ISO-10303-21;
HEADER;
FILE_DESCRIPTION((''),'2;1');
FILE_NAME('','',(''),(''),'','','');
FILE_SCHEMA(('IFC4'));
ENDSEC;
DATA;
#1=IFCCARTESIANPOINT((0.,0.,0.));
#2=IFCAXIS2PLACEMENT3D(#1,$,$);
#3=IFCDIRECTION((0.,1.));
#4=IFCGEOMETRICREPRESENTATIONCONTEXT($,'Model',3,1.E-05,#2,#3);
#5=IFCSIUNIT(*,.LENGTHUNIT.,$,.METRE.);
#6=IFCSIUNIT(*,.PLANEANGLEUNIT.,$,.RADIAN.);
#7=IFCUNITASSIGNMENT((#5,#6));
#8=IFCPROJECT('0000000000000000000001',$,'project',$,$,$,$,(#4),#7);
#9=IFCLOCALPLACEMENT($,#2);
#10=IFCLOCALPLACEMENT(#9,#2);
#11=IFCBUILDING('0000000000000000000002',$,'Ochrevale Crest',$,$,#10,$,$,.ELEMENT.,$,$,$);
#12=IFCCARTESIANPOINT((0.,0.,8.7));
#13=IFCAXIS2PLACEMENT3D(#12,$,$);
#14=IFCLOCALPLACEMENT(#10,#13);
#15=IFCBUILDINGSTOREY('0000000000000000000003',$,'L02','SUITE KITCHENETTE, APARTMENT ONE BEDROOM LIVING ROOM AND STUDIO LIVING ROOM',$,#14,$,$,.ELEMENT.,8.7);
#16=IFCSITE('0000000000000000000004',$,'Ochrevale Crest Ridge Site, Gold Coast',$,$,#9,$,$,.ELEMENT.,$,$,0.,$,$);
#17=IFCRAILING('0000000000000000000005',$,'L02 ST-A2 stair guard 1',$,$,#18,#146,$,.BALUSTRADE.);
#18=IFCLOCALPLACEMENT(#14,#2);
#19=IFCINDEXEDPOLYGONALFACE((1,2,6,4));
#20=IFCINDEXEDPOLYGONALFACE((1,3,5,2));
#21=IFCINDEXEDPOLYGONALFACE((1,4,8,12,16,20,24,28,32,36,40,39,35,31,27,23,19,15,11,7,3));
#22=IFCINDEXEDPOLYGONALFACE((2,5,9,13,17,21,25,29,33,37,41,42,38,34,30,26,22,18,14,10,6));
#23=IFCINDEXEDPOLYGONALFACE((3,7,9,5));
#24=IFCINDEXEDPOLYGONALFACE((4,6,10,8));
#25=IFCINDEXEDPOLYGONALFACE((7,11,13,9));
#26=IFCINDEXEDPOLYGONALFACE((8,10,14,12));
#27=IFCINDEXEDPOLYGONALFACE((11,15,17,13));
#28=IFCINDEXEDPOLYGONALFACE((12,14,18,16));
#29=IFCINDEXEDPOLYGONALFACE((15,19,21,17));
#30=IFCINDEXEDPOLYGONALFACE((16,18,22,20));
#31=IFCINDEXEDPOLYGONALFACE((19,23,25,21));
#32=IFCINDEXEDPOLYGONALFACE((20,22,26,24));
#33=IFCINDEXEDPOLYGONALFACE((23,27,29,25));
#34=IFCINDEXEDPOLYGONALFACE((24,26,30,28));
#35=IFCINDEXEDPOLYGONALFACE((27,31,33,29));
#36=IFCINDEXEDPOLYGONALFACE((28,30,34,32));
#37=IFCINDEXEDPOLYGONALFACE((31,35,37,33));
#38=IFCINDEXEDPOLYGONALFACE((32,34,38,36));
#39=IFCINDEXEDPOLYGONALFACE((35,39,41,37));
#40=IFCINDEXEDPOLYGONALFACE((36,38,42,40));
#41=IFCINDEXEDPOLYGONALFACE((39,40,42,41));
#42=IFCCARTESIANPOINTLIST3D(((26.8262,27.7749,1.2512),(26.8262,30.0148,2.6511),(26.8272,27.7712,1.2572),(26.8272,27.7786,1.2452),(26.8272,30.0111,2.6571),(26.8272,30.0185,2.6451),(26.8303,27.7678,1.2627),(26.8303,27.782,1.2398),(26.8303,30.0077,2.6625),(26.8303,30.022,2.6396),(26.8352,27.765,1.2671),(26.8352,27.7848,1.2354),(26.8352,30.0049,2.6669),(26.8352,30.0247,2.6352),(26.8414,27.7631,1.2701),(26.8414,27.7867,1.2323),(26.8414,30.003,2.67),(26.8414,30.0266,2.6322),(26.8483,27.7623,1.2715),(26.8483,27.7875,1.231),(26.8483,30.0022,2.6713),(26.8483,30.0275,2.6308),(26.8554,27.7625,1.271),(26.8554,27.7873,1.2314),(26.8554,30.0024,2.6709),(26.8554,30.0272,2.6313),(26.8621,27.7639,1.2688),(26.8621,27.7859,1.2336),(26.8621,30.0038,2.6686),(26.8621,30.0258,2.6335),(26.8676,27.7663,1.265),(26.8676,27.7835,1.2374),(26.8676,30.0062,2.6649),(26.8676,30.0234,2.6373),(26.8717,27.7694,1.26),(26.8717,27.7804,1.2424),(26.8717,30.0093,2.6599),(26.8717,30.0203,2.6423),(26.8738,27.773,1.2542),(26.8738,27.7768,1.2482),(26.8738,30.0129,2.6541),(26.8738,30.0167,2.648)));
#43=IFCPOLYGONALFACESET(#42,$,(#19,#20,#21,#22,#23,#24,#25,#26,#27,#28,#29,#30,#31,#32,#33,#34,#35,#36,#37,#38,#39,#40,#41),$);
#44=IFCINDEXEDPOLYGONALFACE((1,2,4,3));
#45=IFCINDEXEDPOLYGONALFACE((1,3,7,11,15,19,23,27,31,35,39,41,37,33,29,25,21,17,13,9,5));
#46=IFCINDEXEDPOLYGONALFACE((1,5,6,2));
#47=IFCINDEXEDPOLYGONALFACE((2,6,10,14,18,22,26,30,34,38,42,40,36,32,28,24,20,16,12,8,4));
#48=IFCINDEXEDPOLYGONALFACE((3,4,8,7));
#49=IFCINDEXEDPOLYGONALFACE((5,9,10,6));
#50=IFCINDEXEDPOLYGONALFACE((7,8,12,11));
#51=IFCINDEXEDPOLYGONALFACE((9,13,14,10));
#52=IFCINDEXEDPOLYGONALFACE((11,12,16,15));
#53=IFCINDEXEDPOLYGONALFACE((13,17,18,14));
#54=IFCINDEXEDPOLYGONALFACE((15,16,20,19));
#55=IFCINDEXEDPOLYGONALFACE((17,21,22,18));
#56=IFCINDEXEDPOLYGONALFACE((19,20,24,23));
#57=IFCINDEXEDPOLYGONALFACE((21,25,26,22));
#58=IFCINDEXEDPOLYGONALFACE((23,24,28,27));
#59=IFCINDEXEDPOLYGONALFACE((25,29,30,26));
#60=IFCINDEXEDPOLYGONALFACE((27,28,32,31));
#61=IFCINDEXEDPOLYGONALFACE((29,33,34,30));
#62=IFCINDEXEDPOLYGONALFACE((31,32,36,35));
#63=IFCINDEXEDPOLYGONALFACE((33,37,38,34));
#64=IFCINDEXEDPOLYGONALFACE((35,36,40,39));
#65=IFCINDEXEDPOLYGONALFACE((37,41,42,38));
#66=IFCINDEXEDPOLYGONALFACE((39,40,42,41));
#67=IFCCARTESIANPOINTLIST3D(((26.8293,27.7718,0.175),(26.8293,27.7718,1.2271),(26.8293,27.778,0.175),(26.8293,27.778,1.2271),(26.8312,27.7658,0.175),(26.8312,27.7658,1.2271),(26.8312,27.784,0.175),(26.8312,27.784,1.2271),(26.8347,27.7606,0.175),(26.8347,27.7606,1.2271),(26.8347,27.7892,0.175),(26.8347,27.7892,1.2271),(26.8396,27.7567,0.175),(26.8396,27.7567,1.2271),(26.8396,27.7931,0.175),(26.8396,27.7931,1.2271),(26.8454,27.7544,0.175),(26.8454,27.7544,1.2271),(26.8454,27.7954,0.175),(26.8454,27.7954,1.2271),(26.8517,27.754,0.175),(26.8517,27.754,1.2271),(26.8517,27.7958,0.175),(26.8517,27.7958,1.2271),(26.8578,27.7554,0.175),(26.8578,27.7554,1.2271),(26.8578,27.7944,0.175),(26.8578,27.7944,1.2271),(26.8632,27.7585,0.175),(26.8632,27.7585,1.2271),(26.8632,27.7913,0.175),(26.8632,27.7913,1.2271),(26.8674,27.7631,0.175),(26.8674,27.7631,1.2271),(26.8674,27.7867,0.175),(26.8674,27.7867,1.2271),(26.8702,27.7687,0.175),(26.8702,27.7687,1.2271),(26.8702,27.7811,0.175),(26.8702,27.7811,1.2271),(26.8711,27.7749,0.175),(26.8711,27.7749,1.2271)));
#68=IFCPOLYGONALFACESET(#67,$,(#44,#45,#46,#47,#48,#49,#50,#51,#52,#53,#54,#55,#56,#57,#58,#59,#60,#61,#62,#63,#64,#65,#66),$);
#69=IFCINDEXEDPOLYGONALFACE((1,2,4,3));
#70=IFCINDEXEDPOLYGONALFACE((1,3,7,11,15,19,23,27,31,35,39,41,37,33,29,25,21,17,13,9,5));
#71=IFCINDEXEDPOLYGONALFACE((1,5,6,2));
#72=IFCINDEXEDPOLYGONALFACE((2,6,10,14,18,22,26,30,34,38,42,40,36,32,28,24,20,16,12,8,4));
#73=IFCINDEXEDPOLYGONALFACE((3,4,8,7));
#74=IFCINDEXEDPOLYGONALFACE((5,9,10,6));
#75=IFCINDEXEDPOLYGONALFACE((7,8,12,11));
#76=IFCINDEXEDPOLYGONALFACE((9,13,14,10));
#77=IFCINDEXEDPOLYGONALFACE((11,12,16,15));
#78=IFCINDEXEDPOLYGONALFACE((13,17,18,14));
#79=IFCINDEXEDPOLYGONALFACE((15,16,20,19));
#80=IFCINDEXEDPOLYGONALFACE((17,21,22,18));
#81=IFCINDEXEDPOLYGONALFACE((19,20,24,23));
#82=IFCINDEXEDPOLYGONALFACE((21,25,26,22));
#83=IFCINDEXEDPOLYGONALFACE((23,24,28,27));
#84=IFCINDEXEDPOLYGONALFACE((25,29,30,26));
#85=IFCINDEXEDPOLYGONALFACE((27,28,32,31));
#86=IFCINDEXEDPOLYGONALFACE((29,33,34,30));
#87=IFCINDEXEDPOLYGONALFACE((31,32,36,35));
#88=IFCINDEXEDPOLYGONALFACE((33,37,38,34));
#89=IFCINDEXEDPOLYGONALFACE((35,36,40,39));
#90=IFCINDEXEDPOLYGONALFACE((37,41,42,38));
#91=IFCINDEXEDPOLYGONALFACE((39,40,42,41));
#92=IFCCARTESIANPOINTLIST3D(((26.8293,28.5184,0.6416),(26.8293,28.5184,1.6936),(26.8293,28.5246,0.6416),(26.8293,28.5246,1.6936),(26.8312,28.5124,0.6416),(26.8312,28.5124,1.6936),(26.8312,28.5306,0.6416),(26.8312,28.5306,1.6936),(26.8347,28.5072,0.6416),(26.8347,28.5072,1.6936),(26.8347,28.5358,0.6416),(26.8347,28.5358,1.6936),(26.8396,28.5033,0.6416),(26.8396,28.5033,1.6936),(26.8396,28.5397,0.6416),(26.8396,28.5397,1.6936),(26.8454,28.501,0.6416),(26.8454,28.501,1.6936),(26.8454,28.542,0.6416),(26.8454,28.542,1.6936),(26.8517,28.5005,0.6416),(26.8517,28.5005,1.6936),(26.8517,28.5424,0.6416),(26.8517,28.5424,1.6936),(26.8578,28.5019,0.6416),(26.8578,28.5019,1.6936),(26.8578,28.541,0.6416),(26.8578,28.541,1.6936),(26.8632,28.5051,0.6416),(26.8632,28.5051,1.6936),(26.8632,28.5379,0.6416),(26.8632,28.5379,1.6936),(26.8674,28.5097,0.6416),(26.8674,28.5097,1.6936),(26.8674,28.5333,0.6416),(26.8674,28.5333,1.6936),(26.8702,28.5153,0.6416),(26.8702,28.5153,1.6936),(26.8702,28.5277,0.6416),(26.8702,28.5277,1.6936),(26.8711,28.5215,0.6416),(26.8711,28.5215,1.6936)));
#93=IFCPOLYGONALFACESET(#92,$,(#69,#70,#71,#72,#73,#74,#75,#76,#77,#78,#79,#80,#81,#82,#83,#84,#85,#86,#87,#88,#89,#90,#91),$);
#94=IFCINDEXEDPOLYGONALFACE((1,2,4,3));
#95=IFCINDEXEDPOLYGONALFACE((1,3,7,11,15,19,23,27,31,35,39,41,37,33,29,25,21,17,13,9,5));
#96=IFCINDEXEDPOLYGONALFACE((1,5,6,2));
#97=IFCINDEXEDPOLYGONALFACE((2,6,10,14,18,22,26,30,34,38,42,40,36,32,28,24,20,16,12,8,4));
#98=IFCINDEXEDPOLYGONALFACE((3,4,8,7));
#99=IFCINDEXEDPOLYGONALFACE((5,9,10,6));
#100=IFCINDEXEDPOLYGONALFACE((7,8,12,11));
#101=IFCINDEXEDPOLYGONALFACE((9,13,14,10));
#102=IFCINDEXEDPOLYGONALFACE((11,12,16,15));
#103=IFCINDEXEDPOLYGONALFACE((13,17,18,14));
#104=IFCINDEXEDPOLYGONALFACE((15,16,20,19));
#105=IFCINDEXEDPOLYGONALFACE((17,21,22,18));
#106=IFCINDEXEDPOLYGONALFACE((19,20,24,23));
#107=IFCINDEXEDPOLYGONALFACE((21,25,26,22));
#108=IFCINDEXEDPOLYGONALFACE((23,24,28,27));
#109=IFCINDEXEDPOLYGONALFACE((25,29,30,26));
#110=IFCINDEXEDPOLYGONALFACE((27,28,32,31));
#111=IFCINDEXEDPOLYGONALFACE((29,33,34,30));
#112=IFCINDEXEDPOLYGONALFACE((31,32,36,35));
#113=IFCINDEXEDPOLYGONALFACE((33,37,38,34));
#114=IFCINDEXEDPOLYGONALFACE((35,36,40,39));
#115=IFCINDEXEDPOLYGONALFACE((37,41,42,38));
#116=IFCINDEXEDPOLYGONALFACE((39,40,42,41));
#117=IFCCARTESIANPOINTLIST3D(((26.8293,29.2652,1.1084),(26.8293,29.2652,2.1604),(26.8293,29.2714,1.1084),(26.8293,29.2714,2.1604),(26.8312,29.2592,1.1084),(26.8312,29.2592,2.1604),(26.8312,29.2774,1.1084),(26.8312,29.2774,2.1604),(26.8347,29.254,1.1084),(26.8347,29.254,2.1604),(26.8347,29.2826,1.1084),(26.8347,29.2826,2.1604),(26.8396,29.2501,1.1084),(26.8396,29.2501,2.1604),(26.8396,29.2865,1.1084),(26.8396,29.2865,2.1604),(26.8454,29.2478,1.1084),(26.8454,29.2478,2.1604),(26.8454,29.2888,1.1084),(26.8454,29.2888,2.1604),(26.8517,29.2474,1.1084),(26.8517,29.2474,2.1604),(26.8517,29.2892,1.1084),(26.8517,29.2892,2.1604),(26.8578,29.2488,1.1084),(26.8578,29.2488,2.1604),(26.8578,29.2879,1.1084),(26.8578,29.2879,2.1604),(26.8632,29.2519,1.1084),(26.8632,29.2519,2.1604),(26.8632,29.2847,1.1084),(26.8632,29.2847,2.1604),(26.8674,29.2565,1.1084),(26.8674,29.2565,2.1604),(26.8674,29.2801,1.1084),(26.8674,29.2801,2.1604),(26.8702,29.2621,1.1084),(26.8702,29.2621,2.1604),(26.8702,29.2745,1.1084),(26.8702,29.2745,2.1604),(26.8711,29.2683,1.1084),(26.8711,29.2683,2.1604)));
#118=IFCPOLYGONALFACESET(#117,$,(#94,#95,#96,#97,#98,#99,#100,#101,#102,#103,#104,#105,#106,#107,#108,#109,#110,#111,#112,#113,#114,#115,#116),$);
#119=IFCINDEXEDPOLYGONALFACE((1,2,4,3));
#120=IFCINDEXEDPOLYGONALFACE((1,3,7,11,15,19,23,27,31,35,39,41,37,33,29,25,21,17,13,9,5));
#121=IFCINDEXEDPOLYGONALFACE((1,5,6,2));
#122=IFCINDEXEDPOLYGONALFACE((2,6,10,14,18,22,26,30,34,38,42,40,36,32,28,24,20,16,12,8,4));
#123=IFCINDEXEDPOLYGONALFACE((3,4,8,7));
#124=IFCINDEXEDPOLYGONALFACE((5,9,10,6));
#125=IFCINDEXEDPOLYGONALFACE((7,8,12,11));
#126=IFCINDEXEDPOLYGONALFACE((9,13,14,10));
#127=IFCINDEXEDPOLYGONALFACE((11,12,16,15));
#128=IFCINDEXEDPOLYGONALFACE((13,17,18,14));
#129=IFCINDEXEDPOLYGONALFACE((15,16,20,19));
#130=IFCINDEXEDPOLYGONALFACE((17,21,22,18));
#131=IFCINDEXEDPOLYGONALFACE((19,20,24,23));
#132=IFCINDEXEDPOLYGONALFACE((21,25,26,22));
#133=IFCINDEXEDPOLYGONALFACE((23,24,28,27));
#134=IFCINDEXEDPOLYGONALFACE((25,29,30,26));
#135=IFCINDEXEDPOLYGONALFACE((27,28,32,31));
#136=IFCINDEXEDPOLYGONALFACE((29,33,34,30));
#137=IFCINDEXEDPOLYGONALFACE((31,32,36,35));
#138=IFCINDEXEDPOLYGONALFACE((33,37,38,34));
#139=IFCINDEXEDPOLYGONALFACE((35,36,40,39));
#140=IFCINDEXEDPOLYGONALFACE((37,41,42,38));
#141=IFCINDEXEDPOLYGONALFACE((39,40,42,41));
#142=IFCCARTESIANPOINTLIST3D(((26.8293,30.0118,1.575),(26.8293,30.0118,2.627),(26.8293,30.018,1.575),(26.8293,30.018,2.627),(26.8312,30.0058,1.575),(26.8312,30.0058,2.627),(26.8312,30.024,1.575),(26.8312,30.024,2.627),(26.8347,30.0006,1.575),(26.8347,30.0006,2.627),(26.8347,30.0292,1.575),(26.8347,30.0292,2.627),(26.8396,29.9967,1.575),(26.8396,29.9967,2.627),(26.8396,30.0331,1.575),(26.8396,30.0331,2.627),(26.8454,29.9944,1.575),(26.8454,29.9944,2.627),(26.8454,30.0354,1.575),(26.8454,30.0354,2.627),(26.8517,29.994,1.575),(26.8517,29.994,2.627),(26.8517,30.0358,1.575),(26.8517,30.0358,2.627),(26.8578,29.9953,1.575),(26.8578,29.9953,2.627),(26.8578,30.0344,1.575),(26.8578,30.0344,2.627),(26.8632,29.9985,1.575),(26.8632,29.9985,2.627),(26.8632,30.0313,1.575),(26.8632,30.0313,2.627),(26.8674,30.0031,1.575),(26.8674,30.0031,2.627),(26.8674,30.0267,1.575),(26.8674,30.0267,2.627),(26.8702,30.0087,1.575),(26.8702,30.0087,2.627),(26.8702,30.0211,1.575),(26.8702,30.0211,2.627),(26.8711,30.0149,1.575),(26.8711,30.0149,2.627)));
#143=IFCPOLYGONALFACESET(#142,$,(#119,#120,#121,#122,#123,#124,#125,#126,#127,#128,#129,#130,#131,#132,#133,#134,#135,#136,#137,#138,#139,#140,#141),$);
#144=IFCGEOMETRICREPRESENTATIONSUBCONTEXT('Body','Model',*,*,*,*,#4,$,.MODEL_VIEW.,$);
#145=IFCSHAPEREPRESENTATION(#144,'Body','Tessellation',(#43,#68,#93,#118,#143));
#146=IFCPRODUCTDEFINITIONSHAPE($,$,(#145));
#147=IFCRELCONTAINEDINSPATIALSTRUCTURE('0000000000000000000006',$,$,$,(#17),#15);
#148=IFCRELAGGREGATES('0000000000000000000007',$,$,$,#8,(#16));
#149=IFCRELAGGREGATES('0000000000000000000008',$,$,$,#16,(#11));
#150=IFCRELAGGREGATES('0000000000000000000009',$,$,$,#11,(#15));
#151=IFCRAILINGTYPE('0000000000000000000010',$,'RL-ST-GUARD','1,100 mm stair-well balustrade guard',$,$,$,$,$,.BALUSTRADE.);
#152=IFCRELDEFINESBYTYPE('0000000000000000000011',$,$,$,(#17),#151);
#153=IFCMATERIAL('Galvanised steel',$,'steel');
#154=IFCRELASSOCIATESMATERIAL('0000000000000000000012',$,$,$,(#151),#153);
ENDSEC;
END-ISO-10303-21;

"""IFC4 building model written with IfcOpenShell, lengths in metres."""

from ifc_helpers import new_model, si_unit, direction, frame, origin, origin_2d, place, context, subcontext, project, spatial, circle, extrude, material, type_object, element, save


model = new_model("IFC4")

# Units and contexts
model_context = context("Model", 3, precision=1e-05, world=origin(), true_north=direction((0.0, 1.0)))
body_context = subcontext(model_context, "Body", "Model", "MODEL_VIEW")
ifc_project = project(units=[si_unit("LENGTHUNIT", "METRE"), si_unit("PLANEANGLEUNIT", "RADIAN")], contexts=[model_context])

# Site, building, storey
site_placement = place(None, origin())
site = spatial("IfcSite", under=ifc_project, at=site_placement, Name="Ochrevale Crest Ridge Site, Gold Coast", CompositionType="ELEMENT", RefElevation=0.0)
building_placement = place(site_placement, origin())
building = spatial("IfcBuilding", under=site, at=building_placement, Name="Ochrevale Crest", CompositionType="ELEMENT")
storey_placement = place(building_placement, frame((0.0, 0.0, 8.7)))
storey = spatial("IfcBuildingStorey", under=building, at=storey_placement, Name="L02", Description="SUITE KITCHENETTE, APARTMENT ONE BEDROOM LIVING ROOM AND STUDIO LIVING ROOM", CompositionType="ELEMENT", Elevation=8.7)

# Railing
ifc_material_1 = material(Name="Galvanised steel", Category="steel")
railing_type_1 = type_object("IfcRailingType", Name="RL-ST-GUARD", Description="1,100 mm stair-well balustrade guard", PredefinedType="BALUSTRADE", material=ifc_material_1)
railing_1_placement = place(storey_placement, frame((26.8501, 27.7749, 0.175)))
element("IfcRailing", 1, at=railing_1_placement, inside=storey, type_object=railing_type_1, Name="L02 ST-A2 stair guard 1", PredefinedType="BALUSTRADE", context=body_context, shape_type="SweptSolid", body=[
    extrude(circle(Radius=0.0239, at=origin_2d()), frame((0.0, 0.0, 1.0762), z_axis=(0.0, 0.848014, 0.529974), x_axis=(-1.0, 0.0, 0.0)), (0.0, 0.0, 1.0), 2.6414),
    extrude(circle(Radius=0.021, at=origin_2d()), origin(), (0.0, 0.0, 1.0), 1.052),
    extrude(circle(Radius=0.021, at=origin_2d()), frame((0.0, 0.7466, 0.4666)), (0.0, 0.0, 1.0), 1.052),
    extrude(circle(Radius=0.021, at=origin_2d()), frame((0.0, 1.4934, 0.9333)), (0.0, 0.0, 1.0), 1.052),
    extrude(circle(Radius=0.021, at=origin_2d()), frame((0.0, 2.24, 1.3999)), (0.0, 0.0, 1.0), 1.052),
])

save(model, "model.ifc")
